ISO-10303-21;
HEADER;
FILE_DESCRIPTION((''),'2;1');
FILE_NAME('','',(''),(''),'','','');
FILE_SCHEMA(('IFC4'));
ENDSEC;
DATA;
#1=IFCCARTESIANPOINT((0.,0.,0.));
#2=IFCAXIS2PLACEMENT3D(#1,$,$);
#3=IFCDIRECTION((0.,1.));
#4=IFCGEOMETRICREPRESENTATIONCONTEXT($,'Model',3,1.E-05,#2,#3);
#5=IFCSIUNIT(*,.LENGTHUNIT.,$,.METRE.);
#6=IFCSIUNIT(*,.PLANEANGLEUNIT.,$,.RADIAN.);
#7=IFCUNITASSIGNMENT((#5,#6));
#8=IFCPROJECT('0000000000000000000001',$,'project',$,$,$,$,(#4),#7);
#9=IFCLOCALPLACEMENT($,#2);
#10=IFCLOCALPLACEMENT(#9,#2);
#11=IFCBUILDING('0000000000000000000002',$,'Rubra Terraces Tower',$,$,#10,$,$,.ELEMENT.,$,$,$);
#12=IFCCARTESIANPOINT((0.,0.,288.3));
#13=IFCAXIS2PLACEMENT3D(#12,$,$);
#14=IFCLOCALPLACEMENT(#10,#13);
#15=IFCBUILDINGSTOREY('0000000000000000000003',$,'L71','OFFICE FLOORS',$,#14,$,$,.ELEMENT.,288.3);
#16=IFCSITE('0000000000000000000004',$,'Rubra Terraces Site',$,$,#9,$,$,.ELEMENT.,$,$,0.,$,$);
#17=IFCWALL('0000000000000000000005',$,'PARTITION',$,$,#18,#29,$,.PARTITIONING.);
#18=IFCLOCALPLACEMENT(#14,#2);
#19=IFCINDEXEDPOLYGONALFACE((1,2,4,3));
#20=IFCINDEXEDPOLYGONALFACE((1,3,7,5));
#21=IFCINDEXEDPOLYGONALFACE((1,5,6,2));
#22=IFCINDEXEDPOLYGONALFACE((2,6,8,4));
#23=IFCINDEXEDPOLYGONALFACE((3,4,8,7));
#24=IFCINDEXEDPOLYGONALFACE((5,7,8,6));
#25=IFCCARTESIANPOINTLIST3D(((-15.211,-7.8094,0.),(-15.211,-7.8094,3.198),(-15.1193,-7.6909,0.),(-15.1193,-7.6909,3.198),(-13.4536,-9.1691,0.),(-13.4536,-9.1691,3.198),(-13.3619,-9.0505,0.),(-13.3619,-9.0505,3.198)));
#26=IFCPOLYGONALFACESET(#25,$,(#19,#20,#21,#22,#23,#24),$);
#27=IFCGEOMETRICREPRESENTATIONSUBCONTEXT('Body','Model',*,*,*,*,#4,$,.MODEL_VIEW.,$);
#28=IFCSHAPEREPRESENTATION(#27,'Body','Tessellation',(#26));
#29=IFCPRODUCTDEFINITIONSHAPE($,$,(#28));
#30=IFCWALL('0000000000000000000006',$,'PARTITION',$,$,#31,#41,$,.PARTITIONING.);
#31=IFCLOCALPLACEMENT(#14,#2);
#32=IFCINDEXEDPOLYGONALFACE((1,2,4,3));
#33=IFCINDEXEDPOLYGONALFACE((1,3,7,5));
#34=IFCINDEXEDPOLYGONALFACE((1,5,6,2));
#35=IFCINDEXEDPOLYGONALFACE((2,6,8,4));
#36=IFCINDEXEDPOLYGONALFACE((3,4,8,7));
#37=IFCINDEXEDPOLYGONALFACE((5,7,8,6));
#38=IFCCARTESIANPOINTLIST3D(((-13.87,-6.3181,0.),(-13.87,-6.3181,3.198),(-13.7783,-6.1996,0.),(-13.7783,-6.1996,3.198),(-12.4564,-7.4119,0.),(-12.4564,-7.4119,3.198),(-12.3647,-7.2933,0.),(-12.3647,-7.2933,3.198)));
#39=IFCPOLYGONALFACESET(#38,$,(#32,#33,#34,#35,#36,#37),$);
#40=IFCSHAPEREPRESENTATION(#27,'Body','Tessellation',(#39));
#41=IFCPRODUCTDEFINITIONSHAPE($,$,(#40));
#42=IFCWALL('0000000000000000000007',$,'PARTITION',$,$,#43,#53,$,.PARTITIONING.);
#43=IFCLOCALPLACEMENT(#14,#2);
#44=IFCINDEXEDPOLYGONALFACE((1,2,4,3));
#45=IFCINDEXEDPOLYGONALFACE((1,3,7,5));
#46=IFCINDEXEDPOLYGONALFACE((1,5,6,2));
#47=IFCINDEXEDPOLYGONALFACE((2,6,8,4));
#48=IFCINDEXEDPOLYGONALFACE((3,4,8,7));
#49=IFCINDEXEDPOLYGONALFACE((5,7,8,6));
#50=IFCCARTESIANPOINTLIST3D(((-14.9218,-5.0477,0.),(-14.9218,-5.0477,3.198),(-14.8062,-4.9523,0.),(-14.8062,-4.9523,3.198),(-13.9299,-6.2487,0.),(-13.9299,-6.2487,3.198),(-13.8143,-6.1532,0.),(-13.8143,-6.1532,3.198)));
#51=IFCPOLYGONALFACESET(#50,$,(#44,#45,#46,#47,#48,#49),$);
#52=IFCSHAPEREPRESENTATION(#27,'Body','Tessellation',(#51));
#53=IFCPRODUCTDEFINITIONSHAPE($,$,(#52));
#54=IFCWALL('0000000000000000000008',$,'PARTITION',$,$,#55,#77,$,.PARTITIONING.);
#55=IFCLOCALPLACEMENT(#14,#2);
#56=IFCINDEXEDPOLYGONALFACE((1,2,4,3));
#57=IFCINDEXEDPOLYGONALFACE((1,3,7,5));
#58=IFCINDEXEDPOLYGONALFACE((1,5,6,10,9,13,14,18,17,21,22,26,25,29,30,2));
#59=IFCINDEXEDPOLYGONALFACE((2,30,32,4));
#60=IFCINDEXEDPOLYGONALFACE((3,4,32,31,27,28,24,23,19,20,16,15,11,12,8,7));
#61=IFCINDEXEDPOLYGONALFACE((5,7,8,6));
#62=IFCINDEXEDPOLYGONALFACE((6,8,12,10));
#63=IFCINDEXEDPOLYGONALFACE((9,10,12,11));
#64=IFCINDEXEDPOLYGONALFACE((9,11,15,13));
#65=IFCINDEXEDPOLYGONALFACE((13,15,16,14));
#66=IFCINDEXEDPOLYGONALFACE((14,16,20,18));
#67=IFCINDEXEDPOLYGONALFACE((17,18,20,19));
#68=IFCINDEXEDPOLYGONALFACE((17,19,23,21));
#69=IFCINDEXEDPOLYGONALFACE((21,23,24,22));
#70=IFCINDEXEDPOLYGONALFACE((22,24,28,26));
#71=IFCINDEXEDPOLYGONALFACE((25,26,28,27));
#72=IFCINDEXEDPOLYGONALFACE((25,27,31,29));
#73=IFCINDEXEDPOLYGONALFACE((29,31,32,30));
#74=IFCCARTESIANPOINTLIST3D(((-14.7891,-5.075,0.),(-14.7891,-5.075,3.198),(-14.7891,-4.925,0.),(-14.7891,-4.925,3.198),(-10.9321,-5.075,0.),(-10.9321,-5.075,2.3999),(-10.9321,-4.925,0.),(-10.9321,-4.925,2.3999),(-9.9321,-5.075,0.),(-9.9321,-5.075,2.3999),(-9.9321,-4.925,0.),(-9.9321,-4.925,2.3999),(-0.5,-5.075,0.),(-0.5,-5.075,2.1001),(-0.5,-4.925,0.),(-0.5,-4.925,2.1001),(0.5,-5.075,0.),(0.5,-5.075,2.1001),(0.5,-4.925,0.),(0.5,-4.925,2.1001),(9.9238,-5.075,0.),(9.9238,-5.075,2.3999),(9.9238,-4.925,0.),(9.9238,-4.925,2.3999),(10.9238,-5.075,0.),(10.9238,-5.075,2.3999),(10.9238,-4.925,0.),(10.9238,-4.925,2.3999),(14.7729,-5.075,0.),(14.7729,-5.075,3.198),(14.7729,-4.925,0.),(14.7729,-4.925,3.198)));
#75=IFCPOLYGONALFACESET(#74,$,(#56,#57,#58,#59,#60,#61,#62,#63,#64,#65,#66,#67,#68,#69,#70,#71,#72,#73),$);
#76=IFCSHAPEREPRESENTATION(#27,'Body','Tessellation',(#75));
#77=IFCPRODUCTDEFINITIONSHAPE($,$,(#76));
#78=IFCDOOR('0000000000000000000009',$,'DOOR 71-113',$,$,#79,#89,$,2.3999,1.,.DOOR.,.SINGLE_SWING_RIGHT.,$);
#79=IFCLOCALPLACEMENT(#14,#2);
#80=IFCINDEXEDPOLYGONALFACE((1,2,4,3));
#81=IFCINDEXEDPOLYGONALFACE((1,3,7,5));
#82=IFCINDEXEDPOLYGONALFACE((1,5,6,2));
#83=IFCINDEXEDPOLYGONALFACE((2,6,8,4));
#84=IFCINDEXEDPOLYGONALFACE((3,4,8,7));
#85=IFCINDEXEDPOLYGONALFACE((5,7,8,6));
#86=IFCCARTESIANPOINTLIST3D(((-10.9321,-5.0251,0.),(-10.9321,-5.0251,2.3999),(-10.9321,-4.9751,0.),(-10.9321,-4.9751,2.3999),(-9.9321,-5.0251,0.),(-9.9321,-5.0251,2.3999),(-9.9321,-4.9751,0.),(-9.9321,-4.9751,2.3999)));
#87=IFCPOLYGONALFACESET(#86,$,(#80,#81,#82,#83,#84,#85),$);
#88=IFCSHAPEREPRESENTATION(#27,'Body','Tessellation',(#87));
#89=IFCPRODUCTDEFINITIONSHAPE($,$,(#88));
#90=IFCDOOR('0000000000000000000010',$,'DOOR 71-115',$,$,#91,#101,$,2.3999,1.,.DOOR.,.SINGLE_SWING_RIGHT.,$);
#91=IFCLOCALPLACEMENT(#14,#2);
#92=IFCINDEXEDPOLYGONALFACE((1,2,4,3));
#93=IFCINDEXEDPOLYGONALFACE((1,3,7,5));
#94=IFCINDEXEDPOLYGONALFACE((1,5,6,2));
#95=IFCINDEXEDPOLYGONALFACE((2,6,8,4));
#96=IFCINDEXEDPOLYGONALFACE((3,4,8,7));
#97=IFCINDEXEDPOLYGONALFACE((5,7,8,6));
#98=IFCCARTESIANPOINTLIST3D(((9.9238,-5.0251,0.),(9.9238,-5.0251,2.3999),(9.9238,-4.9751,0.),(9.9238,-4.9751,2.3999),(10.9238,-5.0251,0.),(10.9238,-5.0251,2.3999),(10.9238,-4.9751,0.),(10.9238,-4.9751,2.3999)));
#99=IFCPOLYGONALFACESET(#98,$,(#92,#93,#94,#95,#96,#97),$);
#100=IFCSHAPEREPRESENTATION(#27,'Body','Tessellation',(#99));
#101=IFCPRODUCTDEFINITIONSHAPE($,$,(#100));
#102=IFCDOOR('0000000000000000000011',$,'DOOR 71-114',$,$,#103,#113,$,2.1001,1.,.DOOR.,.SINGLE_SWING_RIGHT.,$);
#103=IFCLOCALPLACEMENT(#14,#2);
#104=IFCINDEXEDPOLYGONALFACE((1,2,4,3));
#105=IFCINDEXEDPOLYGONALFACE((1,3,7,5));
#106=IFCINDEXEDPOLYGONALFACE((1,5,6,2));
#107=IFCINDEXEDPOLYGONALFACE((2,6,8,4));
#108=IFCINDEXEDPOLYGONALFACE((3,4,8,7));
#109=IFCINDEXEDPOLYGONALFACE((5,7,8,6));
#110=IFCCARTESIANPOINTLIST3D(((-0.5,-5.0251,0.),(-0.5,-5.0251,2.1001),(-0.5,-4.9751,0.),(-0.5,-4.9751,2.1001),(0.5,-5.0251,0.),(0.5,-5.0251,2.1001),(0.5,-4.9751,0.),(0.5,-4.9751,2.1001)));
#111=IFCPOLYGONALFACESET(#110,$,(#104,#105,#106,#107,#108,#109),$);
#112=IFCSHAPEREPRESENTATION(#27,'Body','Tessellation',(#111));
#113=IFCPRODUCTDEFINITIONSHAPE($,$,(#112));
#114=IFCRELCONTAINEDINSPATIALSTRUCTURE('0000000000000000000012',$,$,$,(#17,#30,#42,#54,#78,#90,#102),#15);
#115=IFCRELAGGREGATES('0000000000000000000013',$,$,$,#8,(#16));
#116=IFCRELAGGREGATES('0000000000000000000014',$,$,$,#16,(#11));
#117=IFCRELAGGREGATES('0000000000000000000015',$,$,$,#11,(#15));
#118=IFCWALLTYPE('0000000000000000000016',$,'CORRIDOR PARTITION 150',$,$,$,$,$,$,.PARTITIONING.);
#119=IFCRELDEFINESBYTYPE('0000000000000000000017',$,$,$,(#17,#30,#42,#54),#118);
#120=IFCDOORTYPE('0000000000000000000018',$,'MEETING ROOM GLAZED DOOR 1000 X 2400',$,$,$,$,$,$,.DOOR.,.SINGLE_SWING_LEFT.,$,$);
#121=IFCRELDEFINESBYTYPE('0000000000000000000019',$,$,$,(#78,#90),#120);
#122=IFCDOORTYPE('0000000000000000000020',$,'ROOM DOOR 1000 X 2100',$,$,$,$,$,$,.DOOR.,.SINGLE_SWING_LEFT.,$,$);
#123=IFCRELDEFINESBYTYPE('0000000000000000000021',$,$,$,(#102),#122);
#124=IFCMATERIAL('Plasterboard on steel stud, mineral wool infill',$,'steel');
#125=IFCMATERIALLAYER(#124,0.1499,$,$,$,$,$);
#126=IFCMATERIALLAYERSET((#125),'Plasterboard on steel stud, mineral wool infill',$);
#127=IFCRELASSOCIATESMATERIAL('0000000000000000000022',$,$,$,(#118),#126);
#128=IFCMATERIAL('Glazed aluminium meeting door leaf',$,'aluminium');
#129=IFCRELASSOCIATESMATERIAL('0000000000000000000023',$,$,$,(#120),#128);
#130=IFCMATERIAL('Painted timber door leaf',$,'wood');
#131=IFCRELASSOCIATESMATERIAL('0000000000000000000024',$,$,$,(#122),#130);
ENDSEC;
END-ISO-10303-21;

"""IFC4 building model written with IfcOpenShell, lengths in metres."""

from ifc_helpers import new_model, si_unit, direction, frame, frame_2d, origin, place, context, subcontext, project, spatial, rectangle, extrude, material, layer, layer_set, type_object, element, fill, save


model = new_model("IFC4")

# Units and contexts
model_context = context("Model", 3, precision=1e-05, world=origin(), true_north=direction((0.0, 1.0)))
body_context = subcontext(model_context, "Body", "Model", "MODEL_VIEW")
ifc_project = project(units=[si_unit("LENGTHUNIT", "METRE"), si_unit("PLANEANGLEUNIT", "RADIAN")], contexts=[model_context])

# Site, building, storey
site_placement = place(None, origin())
site = spatial("IfcSite", under=ifc_project, at=site_placement, Name="Rubra Terraces Site", CompositionType="ELEMENT", RefElevation=0.0)
building_placement = place(site_placement, origin())
building = spatial("IfcBuilding", under=site, at=building_placement, Name="Rubra Terraces Tower", CompositionType="ELEMENT")
storey_placement = place(building_placement, frame((0.0, 0.0, 288.3)))
storey = spatial("IfcBuildingStorey", under=building, at=storey_placement, Name="L71", Description="OFFICE FLOORS", CompositionType="ELEMENT", Elevation=288.3)

# Walls
ifc_material_1 = material(Name="Plasterboard on steel stud, mineral wool infill", Category="steel")
ifc_layer_1 = layer(ifc_material_1, 0.1499)
ifc_layer_set_1 = layer_set([ifc_layer_1], Name="Plasterboard on steel stud, mineral wool infill")
wall_type_1 = type_object("IfcWallType", Name="CORRIDOR PARTITION 150", PredefinedType="PARTITIONING", material=ifc_layer_set_1)
wall_1_placement = place(storey_placement, frame((-15.165, -7.7502, 0.0), z_axis=(0.0, 0.0, 1.0), x_axis=(0.790918, -0.611923, 0.0)))
element("IfcWall", 1, at=wall_1_placement, inside=storey, type_object=wall_type_1, Name="PARTITION", PredefinedType="PARTITIONING", context=body_context, shape_type="SweptSolid", body=[
    extrude(rectangle(XDim=2.2219, YDim=0.1499, at=frame_2d((1.1108, 0.0))), origin(), (0.0, 0.0, 1.0), 3.198),
])
wall_2_placement = place(storey_placement, frame((-12.4106, -7.3525, 0.0), z_axis=(0.0, 0.0, 1.0), x_axis=(-0.790894, 0.611953, 0.0)))
element("IfcWall", 2, at=wall_2_placement, inside=storey, type_object=wall_type_1, Name="PARTITION", PredefinedType="PARTITIONING", context=body_context, shape_type="SweptSolid", body=[
    extrude(rectangle(XDim=1.7874, YDim=0.1499, at=frame_2d((0.8936, 0.0))), origin(), (0.0, 0.0, 1.0), 3.198),
])
wall_3_placement = place(storey_placement, frame((-13.8721, -6.2009, 0.0), z_axis=(0.0, 0.0, 1.0), x_axis=(-0.636833, 0.771002, 0.0)))
element("IfcWall", 3, at=wall_3_placement, inside=storey, type_object=wall_type_1, Name="PARTITION", PredefinedType="PARTITIONING", context=body_context, shape_type="SweptSolid", body=[
    extrude(rectangle(XDim=1.5576, YDim=0.1499, at=frame_2d((0.7788, 0.0))), origin(), (0.0, 0.0, 1.0), 3.198),
])

# Wall, openings, doors
wall_4_placement = place(storey_placement, frame((-14.7891, -5.0, 0.0), z_axis=(0.0, 0.0, 1.0), x_axis=(1.0, 0.0, 0.0)))
wall_4 = element("IfcWall", 4, at=wall_4_placement, inside=storey, type_object=wall_type_1, Name="PARTITION", PredefinedType="PARTITIONING", context=body_context, shape_type="SweptSolid", body=[
    extrude(rectangle(XDim=29.562, YDim=0.1499, at=frame_2d((14.781, 0.0))), origin(), (0.0, 0.0, 1.0), 3.198),
])
opening_1_placement = place(wall_4_placement, frame((3.8569, 0.0, 0.0)))
opening_1 = element("IfcOpeningElement", 5, at=opening_1_placement, cuts=wall_4, PredefinedType="OPENING", context=body_context, shape_type="SweptSolid", body=[
    extrude(rectangle(XDim=1.0, YDim=2.3999, at=frame_2d((0.5, 1.2))), frame((0.0, 0.085, 0.0), z_axis=(0.0, -1.0, 0.0), x_axis=(1.0, 0.0, 0.0)), (0.0, 0.0, 1.0), 0.1699),
])
opening_2_placement = place(wall_4_placement, frame((14.2891, 0.0, 0.0)))
opening_2 = element("IfcOpeningElement", 6, at=opening_2_placement, cuts=wall_4, PredefinedType="OPENING", context=body_context, shape_type="SweptSolid", body=[
    extrude(rectangle(XDim=1.0, YDim=2.1001, at=frame_2d((0.5, 1.05))), frame((0.0, 0.085, 0.0), z_axis=(0.0, -1.0, 0.0), x_axis=(1.0, 0.0, 0.0)), (0.0, 0.0, 1.0), 0.1699),
])
opening_3_placement = place(wall_4_placement, frame((24.7129, 0.0, 0.0)))
opening_3 = element("IfcOpeningElement", 7, at=opening_3_placement, cuts=wall_4, PredefinedType="OPENING", context=body_context, shape_type="SweptSolid", body=[
    extrude(rectangle(XDim=1.0, YDim=2.3999, at=frame_2d((0.5, 1.2))), frame((0.0, 0.085, 0.0), z_axis=(0.0, -1.0, 0.0), x_axis=(1.0, 0.0, 0.0)), (0.0, 0.0, 1.0), 0.1699),
])
ifc_material_2 = material(Name="Glazed aluminium meeting door leaf", Category="aluminium")
door_type_1 = type_object("IfcDoorType", Name="MEETING ROOM GLAZED DOOR 1000 X 2400", OperationType="SINGLE_SWING_LEFT", PredefinedType="DOOR", material=ifc_material_2)
door_1_placement = place(opening_1_placement, origin())
door_1 = element("IfcDoor", 8, at=door_1_placement, inside=storey, type_object=door_type_1, Name="DOOR 71-113", OperationType="SINGLE_SWING_RIGHT", OverallHeight=2.3999, OverallWidth=1.0, PredefinedType="DOOR", context=body_context, shape_type="SweptSolid", body=[
    extrude(rectangle(XDim=1.0, YDim=2.3999, at=frame_2d((0.5, 1.2))), frame((0.0, 0.0249, 0.0), z_axis=(0.0, -1.0, 0.0), x_axis=(1.0, 0.0, 0.0)), (0.0, 0.0, 1.0), 0.05),
])
fill(opening_1, door_1)
door_2_placement = place(opening_3_placement, origin())
door_2 = element("IfcDoor", 9, at=door_2_placement, inside=storey, type_object=door_type_1, Name="DOOR 71-115", OperationType="SINGLE_SWING_RIGHT", OverallHeight=2.3999, OverallWidth=1.0, PredefinedType="DOOR", context=body_context, shape_type="SweptSolid", body=[
    extrude(rectangle(XDim=1.0, YDim=2.3999, at=frame_2d((0.5, 1.2))), frame((0.0, 0.0249, 0.0), z_axis=(0.0, -1.0, 0.0), x_axis=(1.0, 0.0, 0.0)), (0.0, 0.0, 1.0), 0.05),
])
fill(opening_3, door_2)
ifc_material_3 = material(Name="Painted timber door leaf", Category="wood")
door_type_2 = type_object("IfcDoorType", Name="ROOM DOOR 1000 X 2100", OperationType="SINGLE_SWING_LEFT", PredefinedType="DOOR", material=ifc_material_3)
door_3_placement = place(opening_2_placement, origin())
door_3 = element("IfcDoor", 10, at=door_3_placement, inside=storey, type_object=door_type_2, Name="DOOR 71-114", OperationType="SINGLE_SWING_RIGHT", OverallHeight=2.1001, OverallWidth=1.0, PredefinedType="DOOR", context=body_context, shape_type="SweptSolid", body=[
    extrude(rectangle(XDim=1.0, YDim=2.1001, at=frame_2d((0.5, 1.05))), frame((0.0, 0.0249, 0.0), z_axis=(0.0, -1.0, 0.0), x_axis=(1.0, 0.0, 0.0)), (0.0, 0.0, 1.0), 0.05),
])
fill(opening_2, door_3)

save(model, "model.ifc")
